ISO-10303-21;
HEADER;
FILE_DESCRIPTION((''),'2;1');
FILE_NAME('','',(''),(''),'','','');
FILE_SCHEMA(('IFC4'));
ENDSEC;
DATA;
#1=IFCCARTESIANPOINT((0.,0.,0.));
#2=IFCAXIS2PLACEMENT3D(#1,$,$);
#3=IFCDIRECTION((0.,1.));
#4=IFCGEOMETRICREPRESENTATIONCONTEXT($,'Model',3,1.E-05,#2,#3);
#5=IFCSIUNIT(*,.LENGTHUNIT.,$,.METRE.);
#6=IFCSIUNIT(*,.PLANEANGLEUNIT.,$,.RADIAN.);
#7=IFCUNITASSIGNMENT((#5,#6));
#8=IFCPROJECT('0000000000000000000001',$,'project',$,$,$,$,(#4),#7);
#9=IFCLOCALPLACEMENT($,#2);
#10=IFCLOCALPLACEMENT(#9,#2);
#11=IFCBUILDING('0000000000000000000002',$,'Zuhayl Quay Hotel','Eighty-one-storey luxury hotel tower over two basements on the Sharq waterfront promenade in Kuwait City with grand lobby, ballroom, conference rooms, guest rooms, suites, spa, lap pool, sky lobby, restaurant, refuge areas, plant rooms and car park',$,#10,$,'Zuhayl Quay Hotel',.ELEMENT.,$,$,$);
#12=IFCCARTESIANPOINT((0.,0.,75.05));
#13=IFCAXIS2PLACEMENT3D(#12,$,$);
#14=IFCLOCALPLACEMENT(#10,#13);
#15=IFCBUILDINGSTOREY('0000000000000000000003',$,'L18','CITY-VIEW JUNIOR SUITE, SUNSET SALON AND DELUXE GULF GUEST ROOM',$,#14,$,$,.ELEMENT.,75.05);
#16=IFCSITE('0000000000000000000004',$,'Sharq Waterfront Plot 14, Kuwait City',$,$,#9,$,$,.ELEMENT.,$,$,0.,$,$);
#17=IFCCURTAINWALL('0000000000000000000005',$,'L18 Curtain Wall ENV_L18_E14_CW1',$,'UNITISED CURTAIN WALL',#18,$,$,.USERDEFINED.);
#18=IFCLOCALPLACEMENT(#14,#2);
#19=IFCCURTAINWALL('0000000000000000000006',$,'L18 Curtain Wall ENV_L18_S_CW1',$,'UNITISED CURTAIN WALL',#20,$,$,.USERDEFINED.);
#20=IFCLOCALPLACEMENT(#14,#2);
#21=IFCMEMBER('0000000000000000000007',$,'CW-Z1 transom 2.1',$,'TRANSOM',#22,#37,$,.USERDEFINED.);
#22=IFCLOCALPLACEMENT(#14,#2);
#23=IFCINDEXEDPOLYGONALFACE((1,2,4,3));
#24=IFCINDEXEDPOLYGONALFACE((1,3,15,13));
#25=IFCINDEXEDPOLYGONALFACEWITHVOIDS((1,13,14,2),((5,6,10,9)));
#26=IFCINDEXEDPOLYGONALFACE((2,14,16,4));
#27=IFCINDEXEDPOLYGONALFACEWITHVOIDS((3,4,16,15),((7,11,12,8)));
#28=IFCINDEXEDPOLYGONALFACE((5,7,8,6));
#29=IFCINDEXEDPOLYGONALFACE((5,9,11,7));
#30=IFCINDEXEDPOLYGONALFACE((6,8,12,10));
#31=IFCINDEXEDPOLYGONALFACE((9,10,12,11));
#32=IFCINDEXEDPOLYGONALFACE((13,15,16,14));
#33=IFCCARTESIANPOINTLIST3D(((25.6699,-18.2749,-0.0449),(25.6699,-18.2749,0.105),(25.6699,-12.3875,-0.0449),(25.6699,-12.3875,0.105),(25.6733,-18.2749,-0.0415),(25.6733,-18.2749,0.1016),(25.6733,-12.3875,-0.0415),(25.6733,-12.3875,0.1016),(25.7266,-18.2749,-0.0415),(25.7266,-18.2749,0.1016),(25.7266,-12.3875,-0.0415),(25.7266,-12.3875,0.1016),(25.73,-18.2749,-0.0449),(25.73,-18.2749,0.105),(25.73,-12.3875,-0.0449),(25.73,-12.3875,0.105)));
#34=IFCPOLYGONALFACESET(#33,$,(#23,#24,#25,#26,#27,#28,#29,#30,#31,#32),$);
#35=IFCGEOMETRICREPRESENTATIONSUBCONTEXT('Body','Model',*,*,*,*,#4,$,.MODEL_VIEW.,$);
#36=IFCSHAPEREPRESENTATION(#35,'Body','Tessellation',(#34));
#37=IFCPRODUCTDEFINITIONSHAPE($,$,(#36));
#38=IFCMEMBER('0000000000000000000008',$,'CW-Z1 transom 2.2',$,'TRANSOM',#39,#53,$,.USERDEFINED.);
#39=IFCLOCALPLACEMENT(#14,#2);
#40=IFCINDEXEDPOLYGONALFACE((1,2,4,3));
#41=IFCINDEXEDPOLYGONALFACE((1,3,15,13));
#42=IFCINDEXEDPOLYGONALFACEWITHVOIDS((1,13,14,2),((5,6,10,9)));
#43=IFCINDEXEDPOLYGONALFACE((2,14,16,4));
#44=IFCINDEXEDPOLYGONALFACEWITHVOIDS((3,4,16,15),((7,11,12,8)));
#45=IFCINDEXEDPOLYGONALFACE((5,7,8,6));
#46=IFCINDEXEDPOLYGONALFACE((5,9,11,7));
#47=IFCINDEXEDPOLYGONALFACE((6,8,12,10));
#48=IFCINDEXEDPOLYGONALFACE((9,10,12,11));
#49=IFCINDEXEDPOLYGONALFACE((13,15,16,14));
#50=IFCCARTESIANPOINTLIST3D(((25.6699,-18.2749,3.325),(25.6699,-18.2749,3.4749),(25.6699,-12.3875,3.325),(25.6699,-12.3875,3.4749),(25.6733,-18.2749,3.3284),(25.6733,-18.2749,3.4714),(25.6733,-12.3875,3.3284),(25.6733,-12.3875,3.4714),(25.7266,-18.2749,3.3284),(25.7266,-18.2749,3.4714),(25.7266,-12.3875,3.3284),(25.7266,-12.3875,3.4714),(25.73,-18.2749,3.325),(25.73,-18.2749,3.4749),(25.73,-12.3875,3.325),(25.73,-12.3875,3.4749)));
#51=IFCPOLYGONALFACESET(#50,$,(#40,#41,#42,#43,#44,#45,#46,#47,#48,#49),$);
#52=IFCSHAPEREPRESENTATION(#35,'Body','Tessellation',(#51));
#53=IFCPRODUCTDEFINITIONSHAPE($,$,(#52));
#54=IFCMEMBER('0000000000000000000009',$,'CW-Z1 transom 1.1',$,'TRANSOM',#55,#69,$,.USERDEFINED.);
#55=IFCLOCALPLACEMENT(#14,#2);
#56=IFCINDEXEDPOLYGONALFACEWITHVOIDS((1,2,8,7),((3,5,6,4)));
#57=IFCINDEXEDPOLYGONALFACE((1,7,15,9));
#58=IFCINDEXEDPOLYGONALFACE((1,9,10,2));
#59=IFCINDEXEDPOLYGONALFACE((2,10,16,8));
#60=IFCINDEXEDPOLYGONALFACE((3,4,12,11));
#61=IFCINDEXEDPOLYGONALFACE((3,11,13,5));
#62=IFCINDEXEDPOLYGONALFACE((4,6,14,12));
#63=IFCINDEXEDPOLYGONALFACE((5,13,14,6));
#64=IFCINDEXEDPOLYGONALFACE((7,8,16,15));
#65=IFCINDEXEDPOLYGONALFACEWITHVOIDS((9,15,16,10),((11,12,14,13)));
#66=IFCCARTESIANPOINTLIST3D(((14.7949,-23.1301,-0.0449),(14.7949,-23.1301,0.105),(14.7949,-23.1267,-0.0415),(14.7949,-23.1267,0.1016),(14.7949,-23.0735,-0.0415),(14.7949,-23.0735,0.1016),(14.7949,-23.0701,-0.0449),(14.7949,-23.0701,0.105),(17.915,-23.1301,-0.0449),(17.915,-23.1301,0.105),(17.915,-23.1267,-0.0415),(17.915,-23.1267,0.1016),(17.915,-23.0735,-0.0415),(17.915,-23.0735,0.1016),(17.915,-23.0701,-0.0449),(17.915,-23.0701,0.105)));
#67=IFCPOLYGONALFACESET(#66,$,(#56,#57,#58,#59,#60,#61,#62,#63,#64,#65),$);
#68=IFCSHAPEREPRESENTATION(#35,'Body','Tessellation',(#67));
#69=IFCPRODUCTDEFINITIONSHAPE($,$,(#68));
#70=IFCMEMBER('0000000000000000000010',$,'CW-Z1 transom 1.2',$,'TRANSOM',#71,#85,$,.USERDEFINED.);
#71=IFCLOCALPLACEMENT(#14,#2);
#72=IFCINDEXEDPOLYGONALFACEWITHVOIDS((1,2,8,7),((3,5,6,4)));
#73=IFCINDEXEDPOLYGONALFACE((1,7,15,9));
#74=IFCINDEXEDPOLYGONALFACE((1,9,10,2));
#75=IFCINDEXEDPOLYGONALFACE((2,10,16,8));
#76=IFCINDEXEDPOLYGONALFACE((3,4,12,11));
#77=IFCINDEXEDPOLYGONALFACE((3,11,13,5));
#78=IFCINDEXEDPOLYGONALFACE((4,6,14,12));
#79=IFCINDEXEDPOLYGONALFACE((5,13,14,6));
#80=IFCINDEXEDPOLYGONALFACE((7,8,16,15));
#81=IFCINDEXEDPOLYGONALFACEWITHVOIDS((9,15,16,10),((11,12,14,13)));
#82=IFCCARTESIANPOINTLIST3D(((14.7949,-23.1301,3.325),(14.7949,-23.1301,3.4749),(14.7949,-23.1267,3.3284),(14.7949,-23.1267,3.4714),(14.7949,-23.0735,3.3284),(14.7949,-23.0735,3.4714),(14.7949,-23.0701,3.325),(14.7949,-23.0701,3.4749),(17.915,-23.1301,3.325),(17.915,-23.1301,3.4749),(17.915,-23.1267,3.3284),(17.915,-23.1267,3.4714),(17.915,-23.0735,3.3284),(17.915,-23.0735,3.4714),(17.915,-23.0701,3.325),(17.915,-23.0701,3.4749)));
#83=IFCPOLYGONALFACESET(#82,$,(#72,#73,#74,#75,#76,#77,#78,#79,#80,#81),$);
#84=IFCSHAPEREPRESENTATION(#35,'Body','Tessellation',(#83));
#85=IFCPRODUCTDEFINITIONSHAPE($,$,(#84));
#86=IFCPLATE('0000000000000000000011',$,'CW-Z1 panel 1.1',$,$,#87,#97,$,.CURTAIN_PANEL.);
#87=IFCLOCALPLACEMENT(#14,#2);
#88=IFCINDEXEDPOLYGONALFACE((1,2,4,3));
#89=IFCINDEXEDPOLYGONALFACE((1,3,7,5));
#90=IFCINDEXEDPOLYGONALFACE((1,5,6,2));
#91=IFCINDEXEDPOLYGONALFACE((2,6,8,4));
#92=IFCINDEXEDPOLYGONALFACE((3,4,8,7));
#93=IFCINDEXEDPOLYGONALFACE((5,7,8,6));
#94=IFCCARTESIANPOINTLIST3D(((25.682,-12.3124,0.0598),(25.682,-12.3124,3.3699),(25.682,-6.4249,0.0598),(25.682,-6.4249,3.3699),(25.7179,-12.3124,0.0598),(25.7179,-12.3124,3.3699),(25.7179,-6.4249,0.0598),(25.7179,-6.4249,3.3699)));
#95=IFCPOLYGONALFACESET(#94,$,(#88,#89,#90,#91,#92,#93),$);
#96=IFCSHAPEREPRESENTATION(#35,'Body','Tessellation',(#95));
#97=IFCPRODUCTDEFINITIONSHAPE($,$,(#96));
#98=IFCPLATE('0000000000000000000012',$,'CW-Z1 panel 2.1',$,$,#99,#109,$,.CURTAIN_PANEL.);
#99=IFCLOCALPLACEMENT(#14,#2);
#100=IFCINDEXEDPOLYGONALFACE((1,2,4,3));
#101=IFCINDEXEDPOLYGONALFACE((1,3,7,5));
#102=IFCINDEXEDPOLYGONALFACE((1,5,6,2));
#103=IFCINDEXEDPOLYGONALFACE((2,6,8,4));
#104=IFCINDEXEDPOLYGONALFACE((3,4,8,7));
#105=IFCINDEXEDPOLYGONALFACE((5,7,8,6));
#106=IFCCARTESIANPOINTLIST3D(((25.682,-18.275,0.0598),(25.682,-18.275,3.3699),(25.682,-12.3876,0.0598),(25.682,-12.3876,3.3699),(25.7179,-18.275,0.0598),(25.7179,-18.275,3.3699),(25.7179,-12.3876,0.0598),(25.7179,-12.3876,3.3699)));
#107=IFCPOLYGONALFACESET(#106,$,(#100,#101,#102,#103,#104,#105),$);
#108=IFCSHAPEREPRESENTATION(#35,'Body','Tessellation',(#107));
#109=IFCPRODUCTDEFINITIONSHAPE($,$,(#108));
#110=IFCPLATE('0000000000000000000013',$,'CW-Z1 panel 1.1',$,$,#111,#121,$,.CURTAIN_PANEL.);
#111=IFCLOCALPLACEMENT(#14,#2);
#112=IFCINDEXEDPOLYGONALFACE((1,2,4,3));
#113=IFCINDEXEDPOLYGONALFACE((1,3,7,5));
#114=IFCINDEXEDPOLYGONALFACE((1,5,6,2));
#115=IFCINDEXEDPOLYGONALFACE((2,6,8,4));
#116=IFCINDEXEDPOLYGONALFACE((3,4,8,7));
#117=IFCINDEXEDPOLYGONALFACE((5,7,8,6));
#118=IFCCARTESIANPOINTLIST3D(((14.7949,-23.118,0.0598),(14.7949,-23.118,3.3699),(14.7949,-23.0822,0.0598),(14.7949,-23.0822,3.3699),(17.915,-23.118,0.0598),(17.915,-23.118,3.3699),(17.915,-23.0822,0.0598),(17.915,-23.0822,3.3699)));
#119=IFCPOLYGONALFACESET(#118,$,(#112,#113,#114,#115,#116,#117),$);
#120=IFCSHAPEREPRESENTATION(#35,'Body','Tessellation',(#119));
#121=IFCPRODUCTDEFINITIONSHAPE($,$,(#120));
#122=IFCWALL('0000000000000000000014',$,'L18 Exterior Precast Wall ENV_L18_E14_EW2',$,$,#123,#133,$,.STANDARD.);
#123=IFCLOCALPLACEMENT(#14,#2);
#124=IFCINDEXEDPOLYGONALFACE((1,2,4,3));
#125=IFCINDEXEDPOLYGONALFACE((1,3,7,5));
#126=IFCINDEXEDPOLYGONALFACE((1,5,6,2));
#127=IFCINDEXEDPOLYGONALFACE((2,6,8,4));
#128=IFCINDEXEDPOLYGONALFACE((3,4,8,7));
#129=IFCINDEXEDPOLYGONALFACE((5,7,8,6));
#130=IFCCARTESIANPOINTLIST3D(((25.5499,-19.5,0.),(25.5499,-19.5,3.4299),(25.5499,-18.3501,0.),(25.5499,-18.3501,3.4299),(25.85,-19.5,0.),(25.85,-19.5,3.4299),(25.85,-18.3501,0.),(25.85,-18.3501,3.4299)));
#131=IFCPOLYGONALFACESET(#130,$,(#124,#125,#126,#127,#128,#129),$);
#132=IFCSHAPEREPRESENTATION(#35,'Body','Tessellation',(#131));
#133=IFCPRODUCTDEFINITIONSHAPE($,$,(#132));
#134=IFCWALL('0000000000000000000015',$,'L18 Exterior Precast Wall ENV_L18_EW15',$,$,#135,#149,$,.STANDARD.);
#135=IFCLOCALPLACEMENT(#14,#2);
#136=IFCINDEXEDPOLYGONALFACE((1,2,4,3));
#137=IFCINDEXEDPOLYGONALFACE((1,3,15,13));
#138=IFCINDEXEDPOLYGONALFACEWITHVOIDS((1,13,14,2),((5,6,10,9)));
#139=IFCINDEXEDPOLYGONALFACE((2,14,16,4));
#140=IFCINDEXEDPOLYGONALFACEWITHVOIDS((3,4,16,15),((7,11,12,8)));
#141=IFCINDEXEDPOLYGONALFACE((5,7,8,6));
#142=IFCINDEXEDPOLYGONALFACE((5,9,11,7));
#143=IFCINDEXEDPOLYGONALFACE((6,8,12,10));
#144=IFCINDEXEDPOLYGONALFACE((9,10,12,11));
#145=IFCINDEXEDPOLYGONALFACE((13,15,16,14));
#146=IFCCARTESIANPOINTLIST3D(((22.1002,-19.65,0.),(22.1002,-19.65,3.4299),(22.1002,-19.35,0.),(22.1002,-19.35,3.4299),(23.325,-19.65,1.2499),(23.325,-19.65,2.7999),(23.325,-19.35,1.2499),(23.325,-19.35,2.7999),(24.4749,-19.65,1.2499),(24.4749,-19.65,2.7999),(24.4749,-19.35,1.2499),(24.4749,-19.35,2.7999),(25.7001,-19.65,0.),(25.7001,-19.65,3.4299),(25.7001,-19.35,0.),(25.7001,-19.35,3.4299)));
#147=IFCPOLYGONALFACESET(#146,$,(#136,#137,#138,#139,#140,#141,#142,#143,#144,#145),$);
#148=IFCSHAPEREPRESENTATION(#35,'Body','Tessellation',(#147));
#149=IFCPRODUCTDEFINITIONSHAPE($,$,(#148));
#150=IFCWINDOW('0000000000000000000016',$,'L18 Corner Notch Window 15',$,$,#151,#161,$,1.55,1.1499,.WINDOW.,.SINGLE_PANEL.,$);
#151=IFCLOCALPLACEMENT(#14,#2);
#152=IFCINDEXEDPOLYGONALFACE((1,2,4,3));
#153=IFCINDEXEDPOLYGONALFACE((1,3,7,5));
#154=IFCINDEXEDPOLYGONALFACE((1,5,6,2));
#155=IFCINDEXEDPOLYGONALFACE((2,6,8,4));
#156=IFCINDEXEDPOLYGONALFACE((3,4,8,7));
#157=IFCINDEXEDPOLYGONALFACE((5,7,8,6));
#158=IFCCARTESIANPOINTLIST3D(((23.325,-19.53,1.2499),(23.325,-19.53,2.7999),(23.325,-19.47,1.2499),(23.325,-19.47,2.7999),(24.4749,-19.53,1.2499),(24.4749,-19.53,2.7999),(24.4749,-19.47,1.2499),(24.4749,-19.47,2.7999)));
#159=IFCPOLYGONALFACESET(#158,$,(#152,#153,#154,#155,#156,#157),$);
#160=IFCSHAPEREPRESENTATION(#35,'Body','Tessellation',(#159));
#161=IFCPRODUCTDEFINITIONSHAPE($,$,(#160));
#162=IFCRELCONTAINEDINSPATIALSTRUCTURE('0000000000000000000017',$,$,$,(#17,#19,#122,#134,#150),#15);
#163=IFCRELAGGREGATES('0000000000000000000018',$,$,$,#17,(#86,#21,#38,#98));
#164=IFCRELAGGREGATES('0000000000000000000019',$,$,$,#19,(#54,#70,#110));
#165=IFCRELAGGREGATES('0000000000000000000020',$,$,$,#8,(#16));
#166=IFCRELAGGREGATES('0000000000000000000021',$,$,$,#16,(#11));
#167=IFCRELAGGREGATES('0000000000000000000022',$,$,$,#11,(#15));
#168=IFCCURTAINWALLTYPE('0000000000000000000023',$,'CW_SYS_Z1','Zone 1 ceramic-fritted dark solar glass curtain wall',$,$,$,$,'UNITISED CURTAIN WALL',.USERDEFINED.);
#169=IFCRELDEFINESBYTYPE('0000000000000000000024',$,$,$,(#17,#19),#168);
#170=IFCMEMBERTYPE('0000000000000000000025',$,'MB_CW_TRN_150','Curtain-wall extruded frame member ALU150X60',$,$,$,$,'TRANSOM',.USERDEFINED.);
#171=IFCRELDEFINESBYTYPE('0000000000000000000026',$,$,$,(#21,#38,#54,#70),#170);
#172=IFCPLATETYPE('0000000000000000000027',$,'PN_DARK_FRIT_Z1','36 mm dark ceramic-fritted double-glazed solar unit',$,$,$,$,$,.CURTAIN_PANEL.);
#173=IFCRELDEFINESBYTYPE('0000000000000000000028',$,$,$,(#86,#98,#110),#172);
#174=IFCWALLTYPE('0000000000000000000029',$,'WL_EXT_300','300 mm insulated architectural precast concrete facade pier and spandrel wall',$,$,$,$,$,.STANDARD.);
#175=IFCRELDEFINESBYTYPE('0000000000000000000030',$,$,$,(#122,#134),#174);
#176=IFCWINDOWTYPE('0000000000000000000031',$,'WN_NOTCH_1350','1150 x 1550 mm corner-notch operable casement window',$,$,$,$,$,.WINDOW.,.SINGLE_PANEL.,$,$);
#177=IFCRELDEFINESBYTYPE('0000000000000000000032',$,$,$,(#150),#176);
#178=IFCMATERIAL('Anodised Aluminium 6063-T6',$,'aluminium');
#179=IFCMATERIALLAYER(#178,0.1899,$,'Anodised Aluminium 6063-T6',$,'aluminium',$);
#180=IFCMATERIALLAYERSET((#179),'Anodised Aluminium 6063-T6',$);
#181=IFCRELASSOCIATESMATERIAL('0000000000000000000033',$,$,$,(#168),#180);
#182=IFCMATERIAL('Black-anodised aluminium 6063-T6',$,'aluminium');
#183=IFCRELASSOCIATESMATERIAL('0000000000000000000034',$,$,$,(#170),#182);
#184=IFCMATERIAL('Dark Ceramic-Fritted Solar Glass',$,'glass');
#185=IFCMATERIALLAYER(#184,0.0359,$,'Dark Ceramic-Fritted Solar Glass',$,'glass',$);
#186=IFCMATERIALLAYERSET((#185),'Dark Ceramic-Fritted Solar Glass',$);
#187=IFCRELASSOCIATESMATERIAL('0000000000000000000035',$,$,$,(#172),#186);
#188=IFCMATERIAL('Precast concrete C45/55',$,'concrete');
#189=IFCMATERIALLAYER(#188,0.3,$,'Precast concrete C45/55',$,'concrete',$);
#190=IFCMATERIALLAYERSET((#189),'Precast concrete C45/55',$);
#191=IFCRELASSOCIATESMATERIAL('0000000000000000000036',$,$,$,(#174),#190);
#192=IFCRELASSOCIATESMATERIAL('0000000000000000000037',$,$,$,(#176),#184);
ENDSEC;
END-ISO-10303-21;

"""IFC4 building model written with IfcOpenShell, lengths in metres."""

from ifc_helpers import new_model, si_unit, direction, frame, frame_2d, origin, origin_2d, place, context, subcontext, project, spatial, rectangle, hollow_rectangle, extrude, material, layer, layer_set, material_profile, profile_set, type_object, element, fill, aggregate, save


model = new_model("IFC4")

# Units and contexts
model_context = context("Model", 3, precision=1e-05, world=origin(), true_north=direction((0.0, 1.0)))
body_context = subcontext(model_context, "Body", "Model", "MODEL_VIEW")
ifc_project = project(units=[si_unit("LENGTHUNIT", "METRE"), si_unit("PLANEANGLEUNIT", "RADIAN")], contexts=[model_context])

# Site, building, storey
site_placement = place(None, origin())
site = spatial("IfcSite", under=ifc_project, at=site_placement, Name="Sharq Waterfront Plot 14, Kuwait City", CompositionType="ELEMENT", RefElevation=0.0)
building_placement = place(site_placement, origin())
building = spatial("IfcBuilding", under=site, at=building_placement, Name="Zuhayl Quay Hotel", Description="Eighty-one-storey luxury hotel tower over two basements on the Sharq waterfront promenade in Kuwait City with grand lobby, ballroom, conference rooms, guest rooms, suites, spa, lap pool, sky lobby, restaurant, refuge areas, plant rooms and car park", LongName="Zuhayl Quay Hotel", CompositionType="ELEMENT")
storey_placement = place(building_placement, frame((0.0, 0.0, 75.05)))
storey = spatial("IfcBuildingStorey", under=building, at=storey_placement, Name="L18", Description="CITY-VIEW JUNIOR SUITE, SUNSET SALON AND DELUXE GULF GUEST ROOM", CompositionType="ELEMENT", Elevation=75.05)

# Curtain walls
ifc_material_1 = material(Name="Anodised Aluminium 6063-T6", Category="aluminium")
ifc_layer_1 = layer(ifc_material_1, 0.1899, Name="Anodised Aluminium 6063-T6", Category="aluminium")
ifc_layer_set_1 = layer_set([ifc_layer_1], Name="Anodised Aluminium 6063-T6")
curtain_wall_type = type_object("IfcCurtainWallType", Name="CW_SYS_Z1", Description="Zone 1 ceramic-fritted dark solar glass curtain wall", ElementType="UNITISED CURTAIN WALL", PredefinedType="USERDEFINED", material=ifc_layer_set_1)
curtain_wall_1_placement = place(storey_placement, origin())
curtain_wall_1 = element("IfcCurtainWall", 1, at=curtain_wall_1_placement, inside=storey, type_object=curtain_wall_type, Name="L18 Curtain Wall ENV_L18_E14_CW1", ObjectType="UNITISED CURTAIN WALL", PredefinedType="USERDEFINED")
ifc_material_2 = material(Name="Black-anodised aluminium 6063-T6", Category="aluminium")
curtain_wall_2_placement = place(storey_placement, origin())
curtain_wall_2 = element("IfcCurtainWall", 2, at=curtain_wall_2_placement, inside=storey, type_object=curtain_wall_type, Name="L18 Curtain Wall ENV_L18_S_CW1", ObjectType="UNITISED CURTAIN WALL", PredefinedType="USERDEFINED")

# Members
ifc_material_profile_1 = material_profile(ifc_material_2, hollow_rectangle(XDim=0.0601, YDim=0.1499, WallThickness=0.0034, at=origin_2d()), Name="ALU150X60")
ifc_profile_set_1 = profile_set([ifc_material_profile_1], Name="Black-anodised aluminium 6063-T6")
member_type_1 = type_object("IfcMemberType", Name="MB_CW_TRN_150", Description="Curtain-wall extruded frame member ALU150X60", ElementType="TRANSOM", PredefinedType="USERDEFINED", material=ifc_profile_set_1)
member_1_placement = place(storey_placement, frame((25.7, -12.3875, 0.03), z_axis=(0.0, -1.0, 0.0), x_axis=(1.0, 0.0, 0.0)))
member_1 = element("IfcMember", 3, at=member_1_placement, type_object=member_type_1, Name="CW-Z1 transom 2.1", ObjectType="TRANSOM", PredefinedType="USERDEFINED", context=body_context, shape_type="SweptSolid", body=[
    extrude(hollow_rectangle(XDim=0.0601, YDim=0.1499, WallThickness=0.0034, at=origin_2d()), origin(), (0.0, 0.0, 1.0), 5.8875),
])
member_2_placement = place(storey_placement, frame((25.7, -12.3875, 3.3999), z_axis=(0.0, -1.0, 0.0), x_axis=(1.0, 0.0, 0.0)))
member_2 = element("IfcMember", 4, at=member_2_placement, type_object=member_type_1, Name="CW-Z1 transom 2.2", ObjectType="TRANSOM", PredefinedType="USERDEFINED", context=body_context, shape_type="SweptSolid", body=[
    extrude(hollow_rectangle(XDim=0.0601, YDim=0.1499, WallThickness=0.0034, at=origin_2d()), origin(), (0.0, 0.0, 1.0), 5.8875),
])
member_3_placement = place(storey_placement, frame((17.915, -23.1001, 0.03), z_axis=(-1.0, 0.0, 0.0), x_axis=(0.0, -1.0, 0.0)))
member_3 = element("IfcMember", 5, at=member_3_placement, type_object=member_type_1, Name="CW-Z1 transom 1.1", ObjectType="TRANSOM", PredefinedType="USERDEFINED", context=body_context, shape_type="SweptSolid", body=[
    extrude(hollow_rectangle(XDim=0.0601, YDim=0.1499, WallThickness=0.0034, at=origin_2d()), origin(), (0.0, 0.0, 1.0), 3.1201),
])
member_4_placement = place(storey_placement, frame((17.915, -23.1001, 3.3999), z_axis=(-1.0, 0.0, 0.0), x_axis=(0.0, -1.0, 0.0)))
member_4 = element("IfcMember", 6, at=member_4_placement, type_object=member_type_1, Name="CW-Z1 transom 1.2", ObjectType="TRANSOM", PredefinedType="USERDEFINED", context=body_context, shape_type="SweptSolid", body=[
    extrude(hollow_rectangle(XDim=0.0601, YDim=0.1499, WallThickness=0.0034, at=origin_2d()), origin(), (0.0, 0.0, 1.0), 3.1201),
])

# Plates
ifc_material_3 = material(Name="Dark Ceramic-Fritted Solar Glass", Category="glass")
ifc_layer_2 = layer(ifc_material_3, 0.0359, Name="Dark Ceramic-Fritted Solar Glass", Category="glass")
ifc_layer_set_2 = layer_set([ifc_layer_2], Name="Dark Ceramic-Fritted Solar Glass")
plate_type = type_object("IfcPlateType", Name="PN_DARK_FRIT_Z1", Description="36 mm dark ceramic-fritted double-glazed solar unit", PredefinedType="CURTAIN_PANEL", material=ifc_layer_set_2)
plate_1_placement = place(storey_placement, frame((25.7, -9.3687, 0.0598), z_axis=(0.0, 0.0, 1.0), x_axis=(0.0, -1.0, 0.0)))
plate_1 = element("IfcPlate", 7, at=plate_1_placement, type_object=plate_type, Name="CW-Z1 panel 1.1", PredefinedType="CURTAIN_PANEL", context=body_context, shape_type="SweptSolid", body=[
    extrude(rectangle(XDim=5.8875, YDim=0.0359, at=origin_2d()), origin(), (0.0, 0.0, 1.0), 3.3101),
])
plate_2_placement = place(storey_placement, frame((25.7, -15.3313, 0.0598), z_axis=(0.0, 0.0, 1.0), x_axis=(0.0, -1.0, 0.0)))
plate_2 = element("IfcPlate", 8, at=plate_2_placement, type_object=plate_type, Name="CW-Z1 panel 2.1", PredefinedType="CURTAIN_PANEL", context=body_context, shape_type="SweptSolid", body=[
    extrude(rectangle(XDim=5.8875, YDim=0.0359, at=origin_2d()), origin(), (0.0, 0.0, 1.0), 3.3101),
])
aggregate(curtain_wall_1, [plate_1, member_1, member_2, plate_2])
plate_3_placement = place(storey_placement, frame((16.355, -23.1001, 0.0598), z_axis=(0.0, 0.0, 1.0), x_axis=(-1.0, 0.0, 0.0)))
plate_3 = element("IfcPlate", 9, at=plate_3_placement, type_object=plate_type, Name="CW-Z1 panel 1.1", PredefinedType="CURTAIN_PANEL", context=body_context, shape_type="SweptSolid", body=[
    extrude(rectangle(XDim=3.1201, YDim=0.0359, at=origin_2d()), origin(), (0.0, 0.0, 1.0), 3.3101),
])
aggregate(curtain_wall_2, [member_3, member_4, plate_3])

# Wall
ifc_material_4 = material(Name="Precast concrete C45/55", Category="concrete")
ifc_layer_3 = layer(ifc_material_4, 0.3, Name="Precast concrete C45/55", Category="concrete")
ifc_layer_set_3 = layer_set([ifc_layer_3], Name="Precast concrete C45/55")
wall_type_1 = type_object("IfcWallType", Name="WL_EXT_300", Description="300 mm insulated architectural precast concrete facade pier and spandrel wall", PredefinedType="STANDARD", material=ifc_layer_set_3)
wall_1_placement = place(storey_placement, frame((25.7, -18.3501, 0.0), z_axis=(0.0, 0.0, 1.0), x_axis=(0.0, -1.0, 0.0)))
element("IfcWall", 10, at=wall_1_placement, inside=storey, type_object=wall_type_1, Name="L18 Exterior Precast Wall ENV_L18_E14_EW2", PredefinedType="STANDARD", context=body_context, shape_type="SweptSolid", body=[
    extrude(rectangle(XDim=1.1499, YDim=0.3, at=frame_2d((0.575, 0.0))), origin(), (0.0, 0.0, 1.0), 3.4299),
])

# Wall, opening, window
wall_2_placement = place(storey_placement, frame((25.7, -19.5, 0.0), z_axis=(0.0, 0.0, 1.0), x_axis=(-1.0, 0.0, 0.0)))
wall_2 = element("IfcWall", 11, at=wall_2_placement, inside=storey, type_object=wall_type_1, Name="L18 Exterior Precast Wall ENV_L18_EW15", PredefinedType="STANDARD", context=body_context, shape_type="SweptSolid", body=[
    extrude(rectangle(XDim=3.5999, YDim=0.3, at=frame_2d((1.7998, 0.0))), origin(), (0.0, 0.0, 1.0), 3.4299),
])
opening_1_placement = place(wall_2_placement, frame((1.2251, 0.0, 1.25)))
opening_1 = element("IfcOpeningElement", 12, at=opening_1_placement, cuts=wall_2, PredefinedType="OPENING", context=body_context, shape_type="SweptSolid", body=[
    extrude(rectangle(XDim=1.1499, YDim=1.55, at=frame_2d((0.575, 0.7749))), frame((0.0, 0.1599, 0.0), z_axis=(0.0, -1.0, 0.0), x_axis=(1.0, 0.0, 0.0)), (0.0, 0.0, 1.0), 0.3201),
])
window_type_1 = type_object("IfcWindowType", Name="WN_NOTCH_1350", Description="1150 x 1550 mm corner-notch operable casement window", PartitioningType="SINGLE_PANEL", PredefinedType="WINDOW", material=ifc_material_3)
window_1_placement = place(opening_1_placement, origin())
window_1 = element("IfcWindow", 13, at=window_1_placement, inside=storey, type_object=window_type_1, Name="L18 Corner Notch Window 15", OverallHeight=1.55, OverallWidth=1.1499, PartitioningType="SINGLE_PANEL", PredefinedType="WINDOW", context=body_context, shape_type="SweptSolid", body=[
    extrude(rectangle(XDim=1.1499, YDim=1.55, at=frame_2d((0.575, 0.7749))), frame((0.0, 0.03, 0.0), z_axis=(0.0, -1.0, 0.0), x_axis=(1.0, 0.0, 0.0)), (0.0, 0.0, 1.0), 0.0601),
])
fill(opening_1, window_1)

save(model, "model.ifc")
